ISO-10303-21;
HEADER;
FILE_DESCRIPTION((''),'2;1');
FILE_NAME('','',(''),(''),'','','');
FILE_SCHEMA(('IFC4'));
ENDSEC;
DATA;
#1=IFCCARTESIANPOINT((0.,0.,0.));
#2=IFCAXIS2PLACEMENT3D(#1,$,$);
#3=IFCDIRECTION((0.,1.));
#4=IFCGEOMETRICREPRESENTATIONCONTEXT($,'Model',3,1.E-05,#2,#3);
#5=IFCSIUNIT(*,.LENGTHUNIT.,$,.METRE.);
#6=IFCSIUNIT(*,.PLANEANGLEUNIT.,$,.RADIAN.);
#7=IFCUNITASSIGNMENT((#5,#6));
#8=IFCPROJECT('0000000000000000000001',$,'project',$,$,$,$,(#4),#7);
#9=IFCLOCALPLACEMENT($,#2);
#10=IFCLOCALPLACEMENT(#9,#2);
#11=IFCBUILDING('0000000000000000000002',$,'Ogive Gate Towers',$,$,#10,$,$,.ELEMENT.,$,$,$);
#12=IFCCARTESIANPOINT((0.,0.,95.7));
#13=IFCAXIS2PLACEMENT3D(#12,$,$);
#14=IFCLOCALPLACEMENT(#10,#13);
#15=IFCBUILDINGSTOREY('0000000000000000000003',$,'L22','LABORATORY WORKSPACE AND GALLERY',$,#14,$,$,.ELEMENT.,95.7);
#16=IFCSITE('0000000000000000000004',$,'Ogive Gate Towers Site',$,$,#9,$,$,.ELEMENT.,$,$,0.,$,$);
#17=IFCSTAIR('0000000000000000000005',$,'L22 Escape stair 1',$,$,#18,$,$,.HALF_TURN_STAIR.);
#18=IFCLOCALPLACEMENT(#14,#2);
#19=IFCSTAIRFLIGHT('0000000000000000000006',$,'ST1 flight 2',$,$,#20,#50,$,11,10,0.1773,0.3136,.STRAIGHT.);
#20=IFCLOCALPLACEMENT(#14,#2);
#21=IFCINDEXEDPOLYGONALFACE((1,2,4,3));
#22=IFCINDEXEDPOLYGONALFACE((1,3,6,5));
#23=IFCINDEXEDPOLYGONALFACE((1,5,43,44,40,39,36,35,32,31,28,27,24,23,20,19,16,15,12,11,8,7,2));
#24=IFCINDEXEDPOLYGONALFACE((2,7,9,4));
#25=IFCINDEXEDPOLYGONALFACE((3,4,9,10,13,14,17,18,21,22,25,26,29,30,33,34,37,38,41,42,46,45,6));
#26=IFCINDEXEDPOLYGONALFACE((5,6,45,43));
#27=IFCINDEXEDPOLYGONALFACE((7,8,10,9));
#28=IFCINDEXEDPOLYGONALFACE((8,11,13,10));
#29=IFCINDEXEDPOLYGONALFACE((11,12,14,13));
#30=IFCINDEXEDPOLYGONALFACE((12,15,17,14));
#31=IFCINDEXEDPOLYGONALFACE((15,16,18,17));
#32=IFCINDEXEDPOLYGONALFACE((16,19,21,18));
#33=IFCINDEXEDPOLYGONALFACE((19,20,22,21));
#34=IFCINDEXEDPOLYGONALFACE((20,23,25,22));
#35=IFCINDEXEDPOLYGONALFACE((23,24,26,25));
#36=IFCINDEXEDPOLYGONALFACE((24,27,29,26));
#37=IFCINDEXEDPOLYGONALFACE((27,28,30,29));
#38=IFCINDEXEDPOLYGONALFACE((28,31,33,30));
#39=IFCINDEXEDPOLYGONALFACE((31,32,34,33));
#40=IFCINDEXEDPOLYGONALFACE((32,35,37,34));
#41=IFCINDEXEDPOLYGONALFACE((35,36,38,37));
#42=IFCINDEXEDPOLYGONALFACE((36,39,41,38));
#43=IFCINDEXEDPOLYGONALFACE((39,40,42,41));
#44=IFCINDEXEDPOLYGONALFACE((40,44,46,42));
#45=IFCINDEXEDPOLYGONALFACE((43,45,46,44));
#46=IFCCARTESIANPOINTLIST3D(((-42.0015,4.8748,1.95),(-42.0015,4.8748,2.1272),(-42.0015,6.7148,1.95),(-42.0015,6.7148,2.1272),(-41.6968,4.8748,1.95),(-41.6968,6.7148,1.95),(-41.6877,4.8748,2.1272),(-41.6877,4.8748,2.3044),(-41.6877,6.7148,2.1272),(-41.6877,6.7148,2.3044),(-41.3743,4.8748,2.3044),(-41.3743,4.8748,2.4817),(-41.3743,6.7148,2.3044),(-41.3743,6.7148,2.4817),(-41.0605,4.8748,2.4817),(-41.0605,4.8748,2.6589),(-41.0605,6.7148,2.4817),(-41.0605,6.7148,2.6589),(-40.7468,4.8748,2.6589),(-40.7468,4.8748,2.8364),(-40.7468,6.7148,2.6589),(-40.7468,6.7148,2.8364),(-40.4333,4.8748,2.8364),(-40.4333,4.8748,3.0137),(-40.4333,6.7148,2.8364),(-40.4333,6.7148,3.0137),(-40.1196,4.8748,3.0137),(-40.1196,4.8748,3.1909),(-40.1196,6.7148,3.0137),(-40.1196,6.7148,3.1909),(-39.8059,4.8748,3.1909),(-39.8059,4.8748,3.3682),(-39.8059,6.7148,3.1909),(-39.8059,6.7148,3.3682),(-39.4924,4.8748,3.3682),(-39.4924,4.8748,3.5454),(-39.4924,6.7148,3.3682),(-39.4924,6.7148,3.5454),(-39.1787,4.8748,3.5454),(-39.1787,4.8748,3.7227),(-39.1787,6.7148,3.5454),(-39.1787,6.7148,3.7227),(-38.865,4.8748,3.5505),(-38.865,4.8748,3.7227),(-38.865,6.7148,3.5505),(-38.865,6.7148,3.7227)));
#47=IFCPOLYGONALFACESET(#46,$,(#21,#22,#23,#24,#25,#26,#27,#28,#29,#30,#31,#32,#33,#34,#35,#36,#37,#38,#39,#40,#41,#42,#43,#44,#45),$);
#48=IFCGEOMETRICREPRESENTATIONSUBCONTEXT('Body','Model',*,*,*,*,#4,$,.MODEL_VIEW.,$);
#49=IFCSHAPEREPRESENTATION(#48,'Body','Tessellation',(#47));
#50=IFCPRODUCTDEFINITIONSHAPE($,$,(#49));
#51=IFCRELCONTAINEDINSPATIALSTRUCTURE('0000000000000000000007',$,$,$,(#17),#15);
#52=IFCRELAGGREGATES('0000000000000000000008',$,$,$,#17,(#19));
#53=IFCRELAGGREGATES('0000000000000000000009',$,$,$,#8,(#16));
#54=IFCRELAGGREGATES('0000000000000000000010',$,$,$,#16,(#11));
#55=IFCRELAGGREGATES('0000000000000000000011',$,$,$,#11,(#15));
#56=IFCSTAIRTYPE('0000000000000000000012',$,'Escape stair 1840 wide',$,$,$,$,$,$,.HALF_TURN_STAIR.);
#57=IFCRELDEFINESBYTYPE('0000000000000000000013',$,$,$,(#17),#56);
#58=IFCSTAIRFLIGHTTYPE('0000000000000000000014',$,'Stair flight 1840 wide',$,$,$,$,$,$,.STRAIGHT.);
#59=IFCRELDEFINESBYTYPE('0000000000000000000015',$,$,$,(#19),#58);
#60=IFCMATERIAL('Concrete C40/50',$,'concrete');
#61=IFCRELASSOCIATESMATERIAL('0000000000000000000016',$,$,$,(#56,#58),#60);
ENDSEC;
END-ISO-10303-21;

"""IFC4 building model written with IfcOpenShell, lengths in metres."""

from ifc_helpers import new_model, si_unit, direction, frame, origin, place, context, subcontext, project, spatial, polyline, outline, extrude, material, type_object, element, aggregate, save


model = new_model("IFC4")

# Units and contexts
model_context = context("Model", 3, precision=1e-05, world=origin(), true_north=direction((0.0, 1.0)))
body_context = subcontext(model_context, "Body", "Model", "MODEL_VIEW")
ifc_project = project(units=[si_unit("LENGTHUNIT", "METRE"), si_unit("PLANEANGLEUNIT", "RADIAN")], contexts=[model_context])

# Site, building, storey
site_placement = place(None, origin())
site = spatial("IfcSite", under=ifc_project, at=site_placement, Name="Ogive Gate Towers Site", CompositionType="ELEMENT", RefElevation=0.0)
building_placement = place(site_placement, origin())
building = spatial("IfcBuilding", under=site, at=building_placement, Name="Ogive Gate Towers", CompositionType="ELEMENT")
storey_placement = place(building_placement, frame((0.0, 0.0, 95.7)))
storey = spatial("IfcBuildingStorey", under=building, at=storey_placement, Name="L22", Description="LABORATORY WORKSPACE AND GALLERY", CompositionType="ELEMENT", Elevation=95.7)

# Stair, stair flight
ifc_material_1 = material(Name="Concrete C40/50", Category="concrete")
stair_type = type_object("IfcStairType", Name="Escape stair 1840 wide", PredefinedType="HALF_TURN_STAIR", material=ifc_material_1)
stair_placement = place(storey_placement, origin())
stair = element("IfcStair", 1, at=stair_placement, inside=storey, type_object=stair_type, Name="L22 Escape stair 1", PredefinedType="HALF_TURN_STAIR")
stair_flight_type = type_object("IfcStairFlightType", Name="Stair flight 1840 wide", PredefinedType="STRAIGHT", material=ifc_material_1)
stair_flight_1_placement = place(storey_placement, frame((-42.0015, 5.7949, 1.95), z_axis=(0.0, 0.0, 1.0), x_axis=(1.0, 0.0, 0.0)))
stair_flight_1 = element("IfcStairFlight", 2, at=stair_flight_1_placement, type_object=stair_flight_type, Name="ST1 flight 2", NumberOfRisers=11, NumberOfTreads=10, PredefinedType="STRAIGHT", RiserHeight=0.1773, TreadLength=0.3136, context=body_context, shape_type="SweptSolid", body=[
    extrude(outline(polyline([(0.0, 0.0), (0.0, 0.1772), (0.3137, 0.1772), (0.3137, 0.3545), (0.6272, 0.3545), (0.6272, 0.5317), (0.9409, 0.5317), (0.9409, 0.709), (1.2546, 0.709), (1.2546, 0.8865), (1.5681, 0.8865), (1.5681, 1.0637), (1.8818, 1.0637), (1.8818, 1.241), (2.1956, 1.241), (2.1956, 1.4182), (2.509, 1.4182), (2.509, 1.5955), (2.8228, 1.5955), (2.8228, 1.7727), (3.1365, 1.7727), (3.1365, 1.95), (3.1365, 1.6006), (0.3047, 0.0), (0.0, 0.0)])), frame((0.0, 0.9199, 0.0), z_axis=(0.0, -1.0, 0.0), x_axis=(1.0, 0.0, 0.0)), (0.0, 0.0, 1.0), 1.8401),
])
aggregate(stair, [stair_flight_1])

save(model, "model.ifc")
